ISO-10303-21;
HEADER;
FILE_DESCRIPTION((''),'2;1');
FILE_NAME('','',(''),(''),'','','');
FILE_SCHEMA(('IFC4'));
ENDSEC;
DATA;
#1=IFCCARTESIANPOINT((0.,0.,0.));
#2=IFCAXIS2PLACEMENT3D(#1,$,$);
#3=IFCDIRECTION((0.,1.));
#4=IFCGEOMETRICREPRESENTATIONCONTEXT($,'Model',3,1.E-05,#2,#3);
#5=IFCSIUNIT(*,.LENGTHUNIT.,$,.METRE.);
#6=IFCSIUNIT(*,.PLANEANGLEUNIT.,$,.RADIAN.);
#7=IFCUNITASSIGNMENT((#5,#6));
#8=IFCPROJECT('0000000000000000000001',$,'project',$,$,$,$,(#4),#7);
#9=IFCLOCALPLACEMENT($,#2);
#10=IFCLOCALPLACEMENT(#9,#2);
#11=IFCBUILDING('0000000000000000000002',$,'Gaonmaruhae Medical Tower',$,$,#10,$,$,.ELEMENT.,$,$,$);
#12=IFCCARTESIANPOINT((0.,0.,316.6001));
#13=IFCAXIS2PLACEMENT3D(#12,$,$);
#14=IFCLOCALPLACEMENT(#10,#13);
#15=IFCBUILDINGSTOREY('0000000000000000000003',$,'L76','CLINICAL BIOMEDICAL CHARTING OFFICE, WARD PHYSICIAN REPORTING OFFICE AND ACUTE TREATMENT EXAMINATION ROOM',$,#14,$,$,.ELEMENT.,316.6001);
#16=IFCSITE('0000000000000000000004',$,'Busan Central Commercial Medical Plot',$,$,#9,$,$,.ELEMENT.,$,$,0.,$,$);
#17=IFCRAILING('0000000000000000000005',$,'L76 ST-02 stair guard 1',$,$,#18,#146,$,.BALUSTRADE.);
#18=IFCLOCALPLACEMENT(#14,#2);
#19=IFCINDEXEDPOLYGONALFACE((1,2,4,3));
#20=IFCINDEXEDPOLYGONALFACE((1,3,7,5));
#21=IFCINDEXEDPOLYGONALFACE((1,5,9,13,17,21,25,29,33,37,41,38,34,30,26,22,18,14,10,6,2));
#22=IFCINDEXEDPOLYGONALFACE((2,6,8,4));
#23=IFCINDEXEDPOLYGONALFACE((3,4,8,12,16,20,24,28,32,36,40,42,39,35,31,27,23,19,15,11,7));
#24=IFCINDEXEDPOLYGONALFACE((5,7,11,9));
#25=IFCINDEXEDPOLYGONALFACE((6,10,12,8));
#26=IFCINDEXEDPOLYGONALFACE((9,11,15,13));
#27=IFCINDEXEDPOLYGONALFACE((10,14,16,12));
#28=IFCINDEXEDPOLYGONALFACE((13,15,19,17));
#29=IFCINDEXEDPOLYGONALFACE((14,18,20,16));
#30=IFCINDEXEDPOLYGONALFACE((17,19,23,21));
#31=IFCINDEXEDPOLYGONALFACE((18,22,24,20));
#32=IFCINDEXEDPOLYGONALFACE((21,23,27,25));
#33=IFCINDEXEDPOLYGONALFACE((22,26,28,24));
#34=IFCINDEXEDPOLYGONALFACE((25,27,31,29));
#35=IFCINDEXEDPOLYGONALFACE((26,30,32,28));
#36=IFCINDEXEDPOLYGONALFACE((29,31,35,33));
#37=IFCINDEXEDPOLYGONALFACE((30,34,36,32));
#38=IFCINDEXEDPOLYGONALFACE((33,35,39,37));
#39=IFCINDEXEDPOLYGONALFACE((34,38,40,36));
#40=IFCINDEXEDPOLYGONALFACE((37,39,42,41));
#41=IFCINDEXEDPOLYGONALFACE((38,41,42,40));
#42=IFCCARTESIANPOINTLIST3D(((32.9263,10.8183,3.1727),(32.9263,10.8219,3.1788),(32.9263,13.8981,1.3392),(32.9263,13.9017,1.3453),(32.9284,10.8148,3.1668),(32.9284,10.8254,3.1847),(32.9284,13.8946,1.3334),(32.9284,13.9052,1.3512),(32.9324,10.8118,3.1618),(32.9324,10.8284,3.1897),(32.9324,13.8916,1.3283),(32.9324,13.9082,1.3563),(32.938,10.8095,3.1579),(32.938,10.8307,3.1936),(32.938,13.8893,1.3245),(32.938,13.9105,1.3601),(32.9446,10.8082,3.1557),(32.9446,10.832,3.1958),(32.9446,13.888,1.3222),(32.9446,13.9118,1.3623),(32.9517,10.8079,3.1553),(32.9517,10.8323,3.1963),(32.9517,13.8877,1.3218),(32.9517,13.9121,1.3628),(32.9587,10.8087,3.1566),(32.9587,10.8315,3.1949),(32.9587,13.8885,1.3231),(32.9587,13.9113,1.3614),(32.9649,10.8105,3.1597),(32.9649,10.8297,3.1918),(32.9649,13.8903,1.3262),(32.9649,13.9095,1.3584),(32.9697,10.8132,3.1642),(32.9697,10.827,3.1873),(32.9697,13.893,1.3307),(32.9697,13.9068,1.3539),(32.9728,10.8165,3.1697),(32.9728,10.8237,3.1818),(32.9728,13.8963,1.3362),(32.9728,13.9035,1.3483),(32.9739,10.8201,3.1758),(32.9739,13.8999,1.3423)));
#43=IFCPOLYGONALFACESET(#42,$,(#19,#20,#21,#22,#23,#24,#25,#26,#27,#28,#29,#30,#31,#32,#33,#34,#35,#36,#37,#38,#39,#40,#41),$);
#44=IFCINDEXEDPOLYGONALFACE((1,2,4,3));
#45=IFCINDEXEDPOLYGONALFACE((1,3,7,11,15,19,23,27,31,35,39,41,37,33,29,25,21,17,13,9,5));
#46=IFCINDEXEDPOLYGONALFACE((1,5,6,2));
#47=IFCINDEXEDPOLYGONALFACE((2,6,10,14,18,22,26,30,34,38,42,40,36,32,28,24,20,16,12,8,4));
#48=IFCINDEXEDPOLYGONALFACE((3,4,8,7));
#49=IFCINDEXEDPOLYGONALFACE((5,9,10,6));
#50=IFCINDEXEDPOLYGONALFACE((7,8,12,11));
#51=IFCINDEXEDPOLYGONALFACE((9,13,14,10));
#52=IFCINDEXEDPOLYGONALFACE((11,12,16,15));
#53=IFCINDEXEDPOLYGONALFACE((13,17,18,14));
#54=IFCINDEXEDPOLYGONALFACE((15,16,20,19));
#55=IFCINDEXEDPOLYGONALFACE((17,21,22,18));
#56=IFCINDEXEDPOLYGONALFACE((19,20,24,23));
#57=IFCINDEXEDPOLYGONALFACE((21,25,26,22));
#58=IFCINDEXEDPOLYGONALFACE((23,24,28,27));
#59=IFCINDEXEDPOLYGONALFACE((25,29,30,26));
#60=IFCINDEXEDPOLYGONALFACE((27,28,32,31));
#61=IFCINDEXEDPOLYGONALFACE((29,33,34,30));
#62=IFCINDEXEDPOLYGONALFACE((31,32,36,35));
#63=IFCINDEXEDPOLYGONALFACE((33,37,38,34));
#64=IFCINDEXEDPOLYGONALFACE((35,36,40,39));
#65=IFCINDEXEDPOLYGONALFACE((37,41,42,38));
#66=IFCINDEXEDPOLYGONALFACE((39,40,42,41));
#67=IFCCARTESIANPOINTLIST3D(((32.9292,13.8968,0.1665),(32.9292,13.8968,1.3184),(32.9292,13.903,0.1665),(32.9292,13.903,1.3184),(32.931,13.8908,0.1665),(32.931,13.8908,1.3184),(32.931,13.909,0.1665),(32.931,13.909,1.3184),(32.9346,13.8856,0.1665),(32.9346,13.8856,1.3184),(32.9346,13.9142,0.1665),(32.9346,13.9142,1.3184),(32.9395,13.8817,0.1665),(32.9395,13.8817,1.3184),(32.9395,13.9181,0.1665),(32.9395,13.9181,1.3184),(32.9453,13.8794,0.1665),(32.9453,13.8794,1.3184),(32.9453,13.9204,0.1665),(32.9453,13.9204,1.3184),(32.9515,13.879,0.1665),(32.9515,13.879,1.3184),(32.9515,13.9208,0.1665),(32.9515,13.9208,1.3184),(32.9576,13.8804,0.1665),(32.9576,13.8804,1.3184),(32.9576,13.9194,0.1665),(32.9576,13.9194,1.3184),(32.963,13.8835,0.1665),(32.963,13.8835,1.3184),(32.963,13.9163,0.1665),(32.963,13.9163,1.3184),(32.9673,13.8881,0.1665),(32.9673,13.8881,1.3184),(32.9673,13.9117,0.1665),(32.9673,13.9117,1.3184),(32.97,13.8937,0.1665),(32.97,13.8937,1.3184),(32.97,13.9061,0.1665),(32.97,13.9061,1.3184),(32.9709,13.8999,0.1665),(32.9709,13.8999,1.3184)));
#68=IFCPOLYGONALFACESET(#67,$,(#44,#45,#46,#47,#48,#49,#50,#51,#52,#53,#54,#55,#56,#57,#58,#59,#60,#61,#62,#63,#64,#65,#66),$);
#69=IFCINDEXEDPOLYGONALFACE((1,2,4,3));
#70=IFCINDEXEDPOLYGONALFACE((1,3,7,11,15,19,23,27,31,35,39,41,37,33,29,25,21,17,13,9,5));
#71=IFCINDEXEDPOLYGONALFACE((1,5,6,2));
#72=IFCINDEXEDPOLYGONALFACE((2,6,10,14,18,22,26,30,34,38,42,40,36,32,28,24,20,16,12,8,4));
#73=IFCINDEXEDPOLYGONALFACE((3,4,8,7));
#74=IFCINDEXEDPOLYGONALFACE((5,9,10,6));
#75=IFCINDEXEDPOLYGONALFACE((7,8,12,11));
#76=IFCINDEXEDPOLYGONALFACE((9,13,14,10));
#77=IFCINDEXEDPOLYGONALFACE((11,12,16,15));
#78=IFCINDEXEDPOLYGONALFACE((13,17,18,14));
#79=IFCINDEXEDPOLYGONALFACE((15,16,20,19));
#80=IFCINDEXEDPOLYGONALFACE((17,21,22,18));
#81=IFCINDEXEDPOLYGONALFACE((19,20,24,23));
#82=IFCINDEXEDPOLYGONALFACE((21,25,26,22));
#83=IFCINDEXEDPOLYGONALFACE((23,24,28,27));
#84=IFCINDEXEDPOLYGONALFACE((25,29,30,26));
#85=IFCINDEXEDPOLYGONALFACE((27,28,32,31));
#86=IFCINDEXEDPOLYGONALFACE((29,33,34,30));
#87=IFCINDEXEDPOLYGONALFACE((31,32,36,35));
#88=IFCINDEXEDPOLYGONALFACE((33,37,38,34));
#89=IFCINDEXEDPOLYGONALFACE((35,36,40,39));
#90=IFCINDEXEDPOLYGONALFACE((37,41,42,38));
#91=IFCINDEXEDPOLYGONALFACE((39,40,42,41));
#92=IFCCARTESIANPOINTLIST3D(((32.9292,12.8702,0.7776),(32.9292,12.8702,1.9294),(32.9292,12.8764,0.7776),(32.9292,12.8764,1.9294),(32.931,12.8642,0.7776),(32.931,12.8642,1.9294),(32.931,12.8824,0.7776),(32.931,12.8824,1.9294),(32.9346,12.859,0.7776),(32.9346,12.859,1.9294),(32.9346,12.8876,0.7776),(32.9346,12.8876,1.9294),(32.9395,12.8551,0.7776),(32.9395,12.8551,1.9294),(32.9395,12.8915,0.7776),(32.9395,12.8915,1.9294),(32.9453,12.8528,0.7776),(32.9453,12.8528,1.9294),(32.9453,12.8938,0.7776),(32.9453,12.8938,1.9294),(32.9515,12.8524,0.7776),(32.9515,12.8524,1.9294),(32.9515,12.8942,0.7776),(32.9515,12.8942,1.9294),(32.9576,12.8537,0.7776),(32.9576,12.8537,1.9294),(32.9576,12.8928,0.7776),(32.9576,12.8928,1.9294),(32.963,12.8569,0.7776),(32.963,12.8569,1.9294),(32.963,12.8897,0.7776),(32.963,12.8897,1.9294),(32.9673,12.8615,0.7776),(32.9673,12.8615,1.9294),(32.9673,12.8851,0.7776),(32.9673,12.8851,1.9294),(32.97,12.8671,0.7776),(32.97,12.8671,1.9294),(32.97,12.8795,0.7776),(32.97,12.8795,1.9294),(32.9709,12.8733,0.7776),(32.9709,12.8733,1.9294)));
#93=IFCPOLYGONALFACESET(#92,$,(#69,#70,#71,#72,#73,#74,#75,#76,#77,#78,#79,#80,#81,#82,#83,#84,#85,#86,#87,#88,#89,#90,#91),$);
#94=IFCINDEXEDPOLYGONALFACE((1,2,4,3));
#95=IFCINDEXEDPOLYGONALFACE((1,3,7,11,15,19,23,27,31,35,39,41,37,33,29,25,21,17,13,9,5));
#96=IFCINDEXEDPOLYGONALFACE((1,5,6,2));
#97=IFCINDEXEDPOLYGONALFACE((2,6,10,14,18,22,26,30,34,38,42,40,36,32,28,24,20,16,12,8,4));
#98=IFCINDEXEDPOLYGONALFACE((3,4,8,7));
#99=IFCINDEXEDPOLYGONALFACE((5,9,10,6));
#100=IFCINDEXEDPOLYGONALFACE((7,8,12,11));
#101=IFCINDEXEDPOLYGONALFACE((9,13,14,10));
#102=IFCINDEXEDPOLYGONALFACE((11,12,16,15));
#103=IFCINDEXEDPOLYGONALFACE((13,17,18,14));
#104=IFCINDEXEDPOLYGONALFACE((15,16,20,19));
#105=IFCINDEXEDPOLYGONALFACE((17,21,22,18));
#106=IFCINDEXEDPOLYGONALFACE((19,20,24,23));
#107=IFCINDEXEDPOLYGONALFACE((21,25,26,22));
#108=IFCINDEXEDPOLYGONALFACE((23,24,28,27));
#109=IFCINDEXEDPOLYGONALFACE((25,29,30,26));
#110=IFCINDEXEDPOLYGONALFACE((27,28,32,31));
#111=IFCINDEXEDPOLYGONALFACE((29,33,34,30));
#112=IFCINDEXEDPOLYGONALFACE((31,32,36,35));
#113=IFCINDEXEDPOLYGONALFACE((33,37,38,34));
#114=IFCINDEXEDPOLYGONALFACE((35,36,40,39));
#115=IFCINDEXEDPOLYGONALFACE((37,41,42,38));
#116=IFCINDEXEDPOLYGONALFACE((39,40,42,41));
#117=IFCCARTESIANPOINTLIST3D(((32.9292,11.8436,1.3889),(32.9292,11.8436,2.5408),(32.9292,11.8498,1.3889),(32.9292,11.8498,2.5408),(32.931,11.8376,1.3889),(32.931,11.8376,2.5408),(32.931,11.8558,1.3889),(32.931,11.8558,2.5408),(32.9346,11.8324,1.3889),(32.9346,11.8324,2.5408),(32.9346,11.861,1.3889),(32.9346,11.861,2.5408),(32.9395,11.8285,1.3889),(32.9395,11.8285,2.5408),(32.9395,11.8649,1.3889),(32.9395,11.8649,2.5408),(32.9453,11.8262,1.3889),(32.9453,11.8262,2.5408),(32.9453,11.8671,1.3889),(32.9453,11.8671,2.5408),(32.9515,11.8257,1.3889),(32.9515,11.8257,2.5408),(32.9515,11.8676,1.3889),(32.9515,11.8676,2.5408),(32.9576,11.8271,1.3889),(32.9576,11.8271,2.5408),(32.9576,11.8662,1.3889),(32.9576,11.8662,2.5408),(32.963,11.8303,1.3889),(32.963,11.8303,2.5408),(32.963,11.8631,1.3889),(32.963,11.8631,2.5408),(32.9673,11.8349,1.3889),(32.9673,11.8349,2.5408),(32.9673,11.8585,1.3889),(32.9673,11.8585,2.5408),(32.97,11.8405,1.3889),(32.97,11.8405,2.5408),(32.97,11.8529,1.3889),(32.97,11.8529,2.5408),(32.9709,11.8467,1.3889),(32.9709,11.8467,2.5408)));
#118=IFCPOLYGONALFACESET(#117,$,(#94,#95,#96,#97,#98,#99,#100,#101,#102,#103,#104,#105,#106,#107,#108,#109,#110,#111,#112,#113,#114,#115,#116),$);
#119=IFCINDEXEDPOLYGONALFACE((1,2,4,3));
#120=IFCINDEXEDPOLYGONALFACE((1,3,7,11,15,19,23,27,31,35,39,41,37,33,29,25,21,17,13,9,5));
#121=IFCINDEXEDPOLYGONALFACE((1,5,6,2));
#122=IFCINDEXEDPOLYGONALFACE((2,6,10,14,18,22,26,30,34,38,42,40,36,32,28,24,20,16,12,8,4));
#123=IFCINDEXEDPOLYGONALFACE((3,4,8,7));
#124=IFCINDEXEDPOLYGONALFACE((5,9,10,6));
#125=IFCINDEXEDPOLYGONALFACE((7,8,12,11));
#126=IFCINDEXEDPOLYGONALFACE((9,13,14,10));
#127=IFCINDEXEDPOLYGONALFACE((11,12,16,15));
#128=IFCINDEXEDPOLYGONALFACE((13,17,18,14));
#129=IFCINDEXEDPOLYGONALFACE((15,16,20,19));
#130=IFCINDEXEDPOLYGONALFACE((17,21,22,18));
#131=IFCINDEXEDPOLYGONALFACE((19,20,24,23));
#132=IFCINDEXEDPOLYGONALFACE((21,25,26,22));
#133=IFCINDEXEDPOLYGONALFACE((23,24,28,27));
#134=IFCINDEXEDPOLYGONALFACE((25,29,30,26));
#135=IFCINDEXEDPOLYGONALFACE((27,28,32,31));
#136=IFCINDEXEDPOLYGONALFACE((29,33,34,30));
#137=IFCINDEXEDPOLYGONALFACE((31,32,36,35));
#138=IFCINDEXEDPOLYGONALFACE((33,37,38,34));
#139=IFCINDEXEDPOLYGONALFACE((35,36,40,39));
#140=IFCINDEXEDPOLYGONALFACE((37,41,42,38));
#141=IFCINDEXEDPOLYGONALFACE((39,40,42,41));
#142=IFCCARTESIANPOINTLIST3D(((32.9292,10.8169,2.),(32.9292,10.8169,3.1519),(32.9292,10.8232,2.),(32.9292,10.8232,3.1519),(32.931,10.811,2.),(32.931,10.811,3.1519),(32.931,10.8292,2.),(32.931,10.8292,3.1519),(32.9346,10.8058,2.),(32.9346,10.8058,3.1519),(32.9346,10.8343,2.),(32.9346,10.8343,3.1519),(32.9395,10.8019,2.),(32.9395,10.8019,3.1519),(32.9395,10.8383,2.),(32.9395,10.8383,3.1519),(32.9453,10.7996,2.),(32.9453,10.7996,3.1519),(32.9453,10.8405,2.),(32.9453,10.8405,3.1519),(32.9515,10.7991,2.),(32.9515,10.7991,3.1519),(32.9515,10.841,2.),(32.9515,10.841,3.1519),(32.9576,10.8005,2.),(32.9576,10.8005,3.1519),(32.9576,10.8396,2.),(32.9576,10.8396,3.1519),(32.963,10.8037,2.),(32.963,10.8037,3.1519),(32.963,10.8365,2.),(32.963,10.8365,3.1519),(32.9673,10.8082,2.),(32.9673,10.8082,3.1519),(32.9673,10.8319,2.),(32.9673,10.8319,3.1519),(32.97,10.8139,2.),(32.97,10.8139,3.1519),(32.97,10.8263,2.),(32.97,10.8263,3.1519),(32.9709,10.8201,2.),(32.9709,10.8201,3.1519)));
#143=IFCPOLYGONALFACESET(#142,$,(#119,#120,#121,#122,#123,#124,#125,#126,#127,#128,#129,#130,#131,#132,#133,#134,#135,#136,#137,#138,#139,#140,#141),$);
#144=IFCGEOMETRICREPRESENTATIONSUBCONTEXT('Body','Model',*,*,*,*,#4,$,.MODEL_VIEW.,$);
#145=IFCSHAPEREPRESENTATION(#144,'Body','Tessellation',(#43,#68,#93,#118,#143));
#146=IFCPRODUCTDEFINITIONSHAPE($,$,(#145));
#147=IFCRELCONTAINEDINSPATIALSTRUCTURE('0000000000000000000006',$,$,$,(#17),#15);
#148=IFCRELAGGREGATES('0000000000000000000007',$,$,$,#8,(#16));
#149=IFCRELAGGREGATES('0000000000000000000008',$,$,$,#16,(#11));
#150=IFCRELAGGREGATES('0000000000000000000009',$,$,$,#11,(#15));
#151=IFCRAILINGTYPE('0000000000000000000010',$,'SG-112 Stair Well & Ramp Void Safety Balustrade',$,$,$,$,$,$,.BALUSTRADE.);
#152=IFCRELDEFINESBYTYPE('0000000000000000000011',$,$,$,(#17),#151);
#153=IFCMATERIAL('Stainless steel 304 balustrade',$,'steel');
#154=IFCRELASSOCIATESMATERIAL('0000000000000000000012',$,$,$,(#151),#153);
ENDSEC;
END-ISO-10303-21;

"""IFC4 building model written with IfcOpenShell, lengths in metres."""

from ifc_helpers import new_model, si_unit, direction, frame, origin, origin_2d, place, context, subcontext, project, spatial, circle, extrude, material, type_object, element, save


model = new_model("IFC4")

# Units and contexts
model_context = context("Model", 3, precision=1e-05, world=origin(), true_north=direction((0.0, 1.0)))
body_context = subcontext(model_context, "Body", "Model", "MODEL_VIEW")
ifc_project = project(units=[si_unit("LENGTHUNIT", "METRE"), si_unit("PLANEANGLEUNIT", "RADIAN")], contexts=[model_context])

# Site, building, storey
site_placement = place(None, origin())
site = spatial("IfcSite", under=ifc_project, at=site_placement, Name="Busan Central Commercial Medical Plot", CompositionType="ELEMENT", RefElevation=0.0)
building_placement = place(site_placement, origin())
building = spatial("IfcBuilding", under=site, at=building_placement, Name="Gaonmaruhae Medical Tower", CompositionType="ELEMENT")
storey_placement = place(building_placement, frame((0.0, 0.0, 316.6001)))
storey = spatial("IfcBuildingStorey", under=building, at=storey_placement, Name="L76", Description="CLINICAL BIOMEDICAL CHARTING OFFICE, WARD PHYSICIAN REPORTING OFFICE AND ACUTE TREATMENT EXAMINATION ROOM", CompositionType="ELEMENT", Elevation=316.6001)

# Railing
ifc_material_1 = material(Name="Stainless steel 304 balustrade", Category="steel")
railing_type_1 = type_object("IfcRailingType", Name="SG-112 Stair Well & Ramp Void Safety Balustrade", PredefinedType="BALUSTRADE", material=ifc_material_1)
railing_1_placement = place(storey_placement, frame((32.95, 13.8999, 0.1665)))
element("IfcRailing", 1, at=railing_1_placement, inside=storey, type_object=railing_type_1, Name="L76 ST-02 stair guard 1", PredefinedType="BALUSTRADE", context=body_context, shape_type="SweptSolid", body=[
    extrude(circle(Radius=0.0239, at=origin_2d()), frame((0.0, 0.0, 1.1758), z_axis=(0.0, -0.859261, 0.511538), x_axis=(1.0, 0.0, 0.0)), (0.0, 0.0, 1.0), 3.5842),
    extrude(circle(Radius=0.021, at=origin_2d()), origin(), (0.0, 0.0, 1.0), 1.1519),
    extrude(circle(Radius=0.021, at=origin_2d()), frame((0.0, -1.0266, 0.6111)), (0.0, 0.0, 1.0), 1.1519),
    extrude(circle(Radius=0.021, at=origin_2d()), frame((0.0, -2.0532, 1.2224)), (0.0, 0.0, 1.0), 1.1519),
    extrude(circle(Radius=0.021, at=origin_2d()), frame((0.0, -3.0798, 1.8335)), (0.0, 0.0, 1.0), 1.1519),
])

save(model, "model.ifc")
